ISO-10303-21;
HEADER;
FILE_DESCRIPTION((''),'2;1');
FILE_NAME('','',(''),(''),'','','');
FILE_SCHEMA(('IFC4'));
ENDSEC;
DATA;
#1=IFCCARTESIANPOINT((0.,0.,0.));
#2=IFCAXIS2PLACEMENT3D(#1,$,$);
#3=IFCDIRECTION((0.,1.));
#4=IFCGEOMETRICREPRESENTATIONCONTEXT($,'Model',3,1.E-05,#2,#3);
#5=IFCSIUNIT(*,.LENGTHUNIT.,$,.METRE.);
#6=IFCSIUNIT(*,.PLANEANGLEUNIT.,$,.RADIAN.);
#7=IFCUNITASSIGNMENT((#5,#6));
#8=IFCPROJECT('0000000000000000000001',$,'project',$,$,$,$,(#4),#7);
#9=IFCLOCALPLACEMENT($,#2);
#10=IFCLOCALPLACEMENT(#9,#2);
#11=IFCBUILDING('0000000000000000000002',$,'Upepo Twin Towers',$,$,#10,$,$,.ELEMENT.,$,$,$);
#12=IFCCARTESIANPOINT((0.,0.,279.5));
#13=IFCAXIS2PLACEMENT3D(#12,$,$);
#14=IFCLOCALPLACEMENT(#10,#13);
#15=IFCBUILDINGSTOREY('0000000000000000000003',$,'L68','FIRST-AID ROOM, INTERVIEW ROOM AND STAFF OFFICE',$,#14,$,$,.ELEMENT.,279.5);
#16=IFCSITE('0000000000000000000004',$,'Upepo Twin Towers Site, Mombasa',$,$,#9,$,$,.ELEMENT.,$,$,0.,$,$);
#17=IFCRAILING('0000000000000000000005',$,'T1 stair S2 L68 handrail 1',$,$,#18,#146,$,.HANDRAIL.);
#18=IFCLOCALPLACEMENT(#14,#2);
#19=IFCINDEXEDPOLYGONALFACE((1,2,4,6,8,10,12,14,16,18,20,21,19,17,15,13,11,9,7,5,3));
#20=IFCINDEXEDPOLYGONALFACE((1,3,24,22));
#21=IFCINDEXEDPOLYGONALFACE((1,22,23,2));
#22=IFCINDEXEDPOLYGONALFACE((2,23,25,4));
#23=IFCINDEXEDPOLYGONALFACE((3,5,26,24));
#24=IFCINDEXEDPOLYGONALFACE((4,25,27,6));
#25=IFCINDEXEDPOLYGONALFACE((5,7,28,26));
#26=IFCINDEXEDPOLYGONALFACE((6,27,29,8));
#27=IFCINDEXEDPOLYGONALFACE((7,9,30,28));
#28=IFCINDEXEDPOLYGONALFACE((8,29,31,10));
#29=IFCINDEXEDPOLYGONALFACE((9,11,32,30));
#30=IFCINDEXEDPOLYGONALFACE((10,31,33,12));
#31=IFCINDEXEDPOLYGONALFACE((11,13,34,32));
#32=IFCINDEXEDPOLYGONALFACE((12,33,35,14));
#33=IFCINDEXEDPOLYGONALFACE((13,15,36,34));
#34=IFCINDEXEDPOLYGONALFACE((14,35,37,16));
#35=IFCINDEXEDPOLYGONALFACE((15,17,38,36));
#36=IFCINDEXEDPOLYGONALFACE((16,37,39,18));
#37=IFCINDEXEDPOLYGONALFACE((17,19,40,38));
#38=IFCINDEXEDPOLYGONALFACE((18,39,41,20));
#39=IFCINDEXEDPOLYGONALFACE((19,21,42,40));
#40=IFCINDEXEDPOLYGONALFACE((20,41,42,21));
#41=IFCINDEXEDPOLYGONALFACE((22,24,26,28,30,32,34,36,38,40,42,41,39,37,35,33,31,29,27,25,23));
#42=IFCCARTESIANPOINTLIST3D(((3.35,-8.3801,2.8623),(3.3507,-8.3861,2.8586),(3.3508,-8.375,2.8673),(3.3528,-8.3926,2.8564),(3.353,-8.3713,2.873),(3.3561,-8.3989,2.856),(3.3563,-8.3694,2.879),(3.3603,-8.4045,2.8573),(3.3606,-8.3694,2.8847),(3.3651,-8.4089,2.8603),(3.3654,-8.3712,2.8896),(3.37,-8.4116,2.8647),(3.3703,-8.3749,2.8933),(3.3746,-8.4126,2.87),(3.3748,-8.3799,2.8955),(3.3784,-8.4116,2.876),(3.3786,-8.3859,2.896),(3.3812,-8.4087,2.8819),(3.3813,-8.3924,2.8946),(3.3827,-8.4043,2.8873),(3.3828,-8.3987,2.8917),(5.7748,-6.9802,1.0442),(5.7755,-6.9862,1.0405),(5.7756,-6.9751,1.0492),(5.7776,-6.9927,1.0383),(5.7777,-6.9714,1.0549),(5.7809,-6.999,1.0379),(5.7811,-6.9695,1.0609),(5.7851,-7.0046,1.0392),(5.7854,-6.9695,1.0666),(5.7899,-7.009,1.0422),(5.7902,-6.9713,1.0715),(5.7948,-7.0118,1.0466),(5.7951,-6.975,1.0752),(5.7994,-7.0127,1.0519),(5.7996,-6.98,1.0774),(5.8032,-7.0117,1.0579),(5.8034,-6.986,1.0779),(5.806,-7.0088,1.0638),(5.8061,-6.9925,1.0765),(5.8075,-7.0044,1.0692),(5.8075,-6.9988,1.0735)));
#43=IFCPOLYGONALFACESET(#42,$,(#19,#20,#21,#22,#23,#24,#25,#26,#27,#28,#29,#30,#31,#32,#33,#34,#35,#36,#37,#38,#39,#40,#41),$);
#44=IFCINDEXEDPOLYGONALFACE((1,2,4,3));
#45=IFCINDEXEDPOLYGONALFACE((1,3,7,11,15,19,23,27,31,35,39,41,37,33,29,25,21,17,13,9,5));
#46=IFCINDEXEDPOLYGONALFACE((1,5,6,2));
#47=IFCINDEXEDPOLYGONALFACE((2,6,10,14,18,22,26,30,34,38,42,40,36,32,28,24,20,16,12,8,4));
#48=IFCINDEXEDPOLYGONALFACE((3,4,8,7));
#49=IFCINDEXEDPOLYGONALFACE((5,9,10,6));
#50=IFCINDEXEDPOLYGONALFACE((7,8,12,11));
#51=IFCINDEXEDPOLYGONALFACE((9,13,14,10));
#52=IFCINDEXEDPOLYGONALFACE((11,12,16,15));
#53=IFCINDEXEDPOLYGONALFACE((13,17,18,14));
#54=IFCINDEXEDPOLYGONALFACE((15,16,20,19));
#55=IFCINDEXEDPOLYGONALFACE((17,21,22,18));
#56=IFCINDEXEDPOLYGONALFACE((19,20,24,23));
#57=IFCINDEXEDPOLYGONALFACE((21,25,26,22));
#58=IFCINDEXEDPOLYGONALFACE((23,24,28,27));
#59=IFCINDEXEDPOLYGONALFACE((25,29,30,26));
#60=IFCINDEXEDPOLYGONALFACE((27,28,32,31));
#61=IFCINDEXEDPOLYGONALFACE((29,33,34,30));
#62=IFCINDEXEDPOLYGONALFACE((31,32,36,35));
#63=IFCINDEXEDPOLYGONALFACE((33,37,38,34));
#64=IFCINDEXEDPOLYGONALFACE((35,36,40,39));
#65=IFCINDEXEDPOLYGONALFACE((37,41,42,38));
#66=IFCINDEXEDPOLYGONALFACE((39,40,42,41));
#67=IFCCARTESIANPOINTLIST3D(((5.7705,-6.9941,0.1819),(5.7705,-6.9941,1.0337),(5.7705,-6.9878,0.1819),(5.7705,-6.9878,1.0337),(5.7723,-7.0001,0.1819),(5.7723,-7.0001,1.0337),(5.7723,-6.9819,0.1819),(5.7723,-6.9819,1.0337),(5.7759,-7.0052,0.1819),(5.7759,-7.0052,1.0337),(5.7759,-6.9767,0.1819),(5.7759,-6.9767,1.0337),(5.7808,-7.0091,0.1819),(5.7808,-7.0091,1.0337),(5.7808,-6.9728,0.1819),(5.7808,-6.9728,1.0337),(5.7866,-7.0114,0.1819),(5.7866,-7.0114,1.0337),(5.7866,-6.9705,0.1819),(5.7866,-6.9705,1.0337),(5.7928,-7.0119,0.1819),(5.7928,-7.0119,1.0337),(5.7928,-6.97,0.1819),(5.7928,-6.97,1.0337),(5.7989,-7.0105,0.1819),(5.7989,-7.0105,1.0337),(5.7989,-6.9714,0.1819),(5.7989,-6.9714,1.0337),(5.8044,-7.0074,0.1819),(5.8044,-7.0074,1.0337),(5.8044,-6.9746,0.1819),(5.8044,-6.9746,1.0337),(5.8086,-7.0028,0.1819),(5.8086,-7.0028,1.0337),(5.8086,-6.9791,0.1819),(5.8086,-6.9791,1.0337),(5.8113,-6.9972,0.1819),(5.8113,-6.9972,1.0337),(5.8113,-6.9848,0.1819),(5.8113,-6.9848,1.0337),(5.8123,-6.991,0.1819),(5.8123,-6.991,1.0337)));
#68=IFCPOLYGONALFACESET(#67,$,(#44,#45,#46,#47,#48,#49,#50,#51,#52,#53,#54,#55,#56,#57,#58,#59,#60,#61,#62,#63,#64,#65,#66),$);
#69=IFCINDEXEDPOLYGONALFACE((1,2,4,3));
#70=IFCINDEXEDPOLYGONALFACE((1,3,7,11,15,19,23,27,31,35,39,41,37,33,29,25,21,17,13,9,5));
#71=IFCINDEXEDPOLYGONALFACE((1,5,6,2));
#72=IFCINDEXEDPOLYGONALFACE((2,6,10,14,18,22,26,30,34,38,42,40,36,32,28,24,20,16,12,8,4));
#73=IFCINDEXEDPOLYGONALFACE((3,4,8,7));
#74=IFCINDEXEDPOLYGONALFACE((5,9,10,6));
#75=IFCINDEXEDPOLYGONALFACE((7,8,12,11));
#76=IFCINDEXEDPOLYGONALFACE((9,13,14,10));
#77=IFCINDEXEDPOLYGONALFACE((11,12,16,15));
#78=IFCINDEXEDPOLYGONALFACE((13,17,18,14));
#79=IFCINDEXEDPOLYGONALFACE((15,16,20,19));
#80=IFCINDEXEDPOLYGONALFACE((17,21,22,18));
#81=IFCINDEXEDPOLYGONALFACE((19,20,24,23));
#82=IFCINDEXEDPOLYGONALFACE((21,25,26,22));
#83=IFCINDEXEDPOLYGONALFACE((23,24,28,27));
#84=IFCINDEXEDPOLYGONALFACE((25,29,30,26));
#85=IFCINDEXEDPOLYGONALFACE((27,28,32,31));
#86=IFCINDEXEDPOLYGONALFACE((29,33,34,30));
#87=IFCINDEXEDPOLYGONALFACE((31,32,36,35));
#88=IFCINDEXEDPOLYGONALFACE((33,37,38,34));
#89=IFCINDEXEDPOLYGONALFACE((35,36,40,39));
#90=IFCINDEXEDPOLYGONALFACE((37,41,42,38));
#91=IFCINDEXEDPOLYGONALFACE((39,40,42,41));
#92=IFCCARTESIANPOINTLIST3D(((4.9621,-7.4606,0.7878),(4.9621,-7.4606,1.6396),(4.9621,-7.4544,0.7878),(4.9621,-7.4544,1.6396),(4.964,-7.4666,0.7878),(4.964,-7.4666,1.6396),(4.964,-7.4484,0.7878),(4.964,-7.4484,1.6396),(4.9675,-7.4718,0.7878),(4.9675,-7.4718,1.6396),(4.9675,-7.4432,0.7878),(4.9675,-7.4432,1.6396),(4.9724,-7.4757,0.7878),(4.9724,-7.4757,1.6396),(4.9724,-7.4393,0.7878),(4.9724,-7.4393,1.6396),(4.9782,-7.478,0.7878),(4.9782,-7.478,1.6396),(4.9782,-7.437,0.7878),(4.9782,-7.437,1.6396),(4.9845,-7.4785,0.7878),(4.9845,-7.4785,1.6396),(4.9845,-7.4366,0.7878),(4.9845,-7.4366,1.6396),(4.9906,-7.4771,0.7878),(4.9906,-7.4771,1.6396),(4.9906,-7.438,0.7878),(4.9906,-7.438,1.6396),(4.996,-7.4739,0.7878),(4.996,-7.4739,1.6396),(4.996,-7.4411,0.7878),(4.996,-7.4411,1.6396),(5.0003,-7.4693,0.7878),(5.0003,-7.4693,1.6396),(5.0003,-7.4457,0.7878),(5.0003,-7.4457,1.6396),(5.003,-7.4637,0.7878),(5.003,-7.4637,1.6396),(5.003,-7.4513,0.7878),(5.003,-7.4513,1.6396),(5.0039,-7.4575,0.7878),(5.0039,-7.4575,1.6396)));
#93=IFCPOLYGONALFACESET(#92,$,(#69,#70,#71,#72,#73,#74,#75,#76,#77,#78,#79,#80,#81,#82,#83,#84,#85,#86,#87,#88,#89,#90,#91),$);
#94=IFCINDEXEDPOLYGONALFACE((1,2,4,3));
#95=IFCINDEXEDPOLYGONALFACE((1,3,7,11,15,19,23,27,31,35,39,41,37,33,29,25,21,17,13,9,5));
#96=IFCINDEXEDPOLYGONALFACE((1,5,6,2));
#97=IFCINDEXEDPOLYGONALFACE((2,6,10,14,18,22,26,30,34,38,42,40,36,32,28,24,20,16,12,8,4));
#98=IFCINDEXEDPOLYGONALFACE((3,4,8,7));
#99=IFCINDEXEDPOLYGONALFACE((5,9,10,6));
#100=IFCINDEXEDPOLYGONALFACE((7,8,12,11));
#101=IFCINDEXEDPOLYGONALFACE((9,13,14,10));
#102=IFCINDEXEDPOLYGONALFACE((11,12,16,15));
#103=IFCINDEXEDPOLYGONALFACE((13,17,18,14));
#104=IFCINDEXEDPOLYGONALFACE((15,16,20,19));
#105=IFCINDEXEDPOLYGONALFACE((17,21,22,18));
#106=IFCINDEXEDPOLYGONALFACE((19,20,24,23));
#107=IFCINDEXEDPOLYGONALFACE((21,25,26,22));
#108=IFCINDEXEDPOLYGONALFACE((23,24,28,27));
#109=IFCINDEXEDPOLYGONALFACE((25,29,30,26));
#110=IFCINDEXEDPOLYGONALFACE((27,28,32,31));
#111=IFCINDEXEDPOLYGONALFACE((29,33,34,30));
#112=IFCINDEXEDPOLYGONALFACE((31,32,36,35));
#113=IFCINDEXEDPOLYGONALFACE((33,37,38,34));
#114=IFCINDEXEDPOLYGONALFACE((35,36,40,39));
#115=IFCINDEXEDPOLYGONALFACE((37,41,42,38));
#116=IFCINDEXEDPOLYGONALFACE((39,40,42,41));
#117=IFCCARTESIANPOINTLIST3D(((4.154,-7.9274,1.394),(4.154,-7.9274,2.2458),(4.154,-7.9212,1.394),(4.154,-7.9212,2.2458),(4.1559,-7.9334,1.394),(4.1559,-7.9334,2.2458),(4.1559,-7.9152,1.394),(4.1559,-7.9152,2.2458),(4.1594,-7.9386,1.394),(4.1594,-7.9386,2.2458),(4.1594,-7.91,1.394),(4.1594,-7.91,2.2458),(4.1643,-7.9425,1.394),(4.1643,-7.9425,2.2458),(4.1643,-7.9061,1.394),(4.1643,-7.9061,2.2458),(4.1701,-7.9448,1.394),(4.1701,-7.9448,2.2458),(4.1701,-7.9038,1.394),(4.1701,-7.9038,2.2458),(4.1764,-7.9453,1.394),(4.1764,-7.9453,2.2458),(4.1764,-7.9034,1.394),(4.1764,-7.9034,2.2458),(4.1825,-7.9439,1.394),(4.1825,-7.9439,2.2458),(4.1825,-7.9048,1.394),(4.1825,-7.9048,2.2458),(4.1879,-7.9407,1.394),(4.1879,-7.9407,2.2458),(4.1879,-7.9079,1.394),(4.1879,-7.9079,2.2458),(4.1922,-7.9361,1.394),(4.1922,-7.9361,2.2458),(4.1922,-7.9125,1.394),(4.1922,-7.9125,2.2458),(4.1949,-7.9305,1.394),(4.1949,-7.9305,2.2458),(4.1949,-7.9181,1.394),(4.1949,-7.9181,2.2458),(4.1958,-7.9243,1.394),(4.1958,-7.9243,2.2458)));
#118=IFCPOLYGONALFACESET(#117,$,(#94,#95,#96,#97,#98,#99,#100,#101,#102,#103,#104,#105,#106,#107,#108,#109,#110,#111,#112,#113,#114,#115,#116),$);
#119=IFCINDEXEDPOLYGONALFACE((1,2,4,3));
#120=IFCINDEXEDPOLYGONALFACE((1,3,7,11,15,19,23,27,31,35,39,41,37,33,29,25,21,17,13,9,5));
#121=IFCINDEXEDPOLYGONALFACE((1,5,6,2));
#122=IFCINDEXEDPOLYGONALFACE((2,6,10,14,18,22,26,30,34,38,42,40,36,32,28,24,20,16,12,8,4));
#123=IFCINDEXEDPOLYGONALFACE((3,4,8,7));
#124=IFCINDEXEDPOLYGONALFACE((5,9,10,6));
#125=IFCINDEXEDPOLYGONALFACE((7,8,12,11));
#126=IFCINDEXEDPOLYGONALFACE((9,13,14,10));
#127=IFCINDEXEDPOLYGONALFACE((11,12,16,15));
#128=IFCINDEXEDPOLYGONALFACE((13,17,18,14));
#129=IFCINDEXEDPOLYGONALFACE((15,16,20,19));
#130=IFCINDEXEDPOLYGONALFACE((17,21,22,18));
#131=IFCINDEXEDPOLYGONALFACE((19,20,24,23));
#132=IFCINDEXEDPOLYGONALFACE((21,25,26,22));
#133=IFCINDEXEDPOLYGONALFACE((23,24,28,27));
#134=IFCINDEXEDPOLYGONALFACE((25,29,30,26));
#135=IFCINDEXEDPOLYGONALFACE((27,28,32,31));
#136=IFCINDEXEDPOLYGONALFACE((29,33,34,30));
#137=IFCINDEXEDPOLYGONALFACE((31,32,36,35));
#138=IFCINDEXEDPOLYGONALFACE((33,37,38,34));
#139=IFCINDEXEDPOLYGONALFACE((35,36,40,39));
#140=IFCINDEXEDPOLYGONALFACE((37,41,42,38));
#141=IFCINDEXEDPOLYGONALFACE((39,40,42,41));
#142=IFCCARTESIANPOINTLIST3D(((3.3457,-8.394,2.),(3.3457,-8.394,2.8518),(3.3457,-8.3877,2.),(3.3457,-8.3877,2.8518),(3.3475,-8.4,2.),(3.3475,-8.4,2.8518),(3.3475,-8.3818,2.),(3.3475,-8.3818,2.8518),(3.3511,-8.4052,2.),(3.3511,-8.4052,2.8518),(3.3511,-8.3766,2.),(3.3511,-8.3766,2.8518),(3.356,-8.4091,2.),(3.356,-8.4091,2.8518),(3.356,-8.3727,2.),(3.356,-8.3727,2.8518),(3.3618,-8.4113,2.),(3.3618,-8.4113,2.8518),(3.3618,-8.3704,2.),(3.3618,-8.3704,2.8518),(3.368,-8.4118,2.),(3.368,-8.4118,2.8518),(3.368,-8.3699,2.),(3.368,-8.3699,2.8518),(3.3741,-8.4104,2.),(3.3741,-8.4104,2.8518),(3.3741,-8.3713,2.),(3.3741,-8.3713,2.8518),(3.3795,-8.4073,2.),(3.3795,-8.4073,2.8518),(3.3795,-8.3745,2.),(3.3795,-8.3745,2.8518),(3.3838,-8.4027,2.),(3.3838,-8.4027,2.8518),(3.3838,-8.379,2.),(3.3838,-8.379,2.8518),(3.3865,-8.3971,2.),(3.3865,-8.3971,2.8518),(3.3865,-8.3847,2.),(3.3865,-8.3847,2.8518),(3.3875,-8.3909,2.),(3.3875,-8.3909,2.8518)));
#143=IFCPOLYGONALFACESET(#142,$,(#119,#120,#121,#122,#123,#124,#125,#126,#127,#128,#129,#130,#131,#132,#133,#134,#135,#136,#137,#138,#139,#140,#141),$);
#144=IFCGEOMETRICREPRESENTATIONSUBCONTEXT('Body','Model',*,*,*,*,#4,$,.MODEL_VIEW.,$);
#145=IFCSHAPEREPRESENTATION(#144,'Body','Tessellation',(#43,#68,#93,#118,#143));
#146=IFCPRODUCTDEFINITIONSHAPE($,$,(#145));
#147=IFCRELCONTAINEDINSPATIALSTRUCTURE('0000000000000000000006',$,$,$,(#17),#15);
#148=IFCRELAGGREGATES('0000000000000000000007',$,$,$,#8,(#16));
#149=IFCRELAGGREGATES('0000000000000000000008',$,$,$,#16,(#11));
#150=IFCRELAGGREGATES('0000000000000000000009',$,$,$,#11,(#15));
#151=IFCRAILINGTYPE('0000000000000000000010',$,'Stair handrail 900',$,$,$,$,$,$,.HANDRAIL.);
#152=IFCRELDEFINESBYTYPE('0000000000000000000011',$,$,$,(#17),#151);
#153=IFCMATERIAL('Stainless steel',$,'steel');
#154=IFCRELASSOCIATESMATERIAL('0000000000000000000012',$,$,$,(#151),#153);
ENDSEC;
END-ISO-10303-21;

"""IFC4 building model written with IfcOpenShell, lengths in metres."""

from ifc_helpers import new_model, si_unit, direction, frame, origin, origin_2d, place, context, subcontext, project, spatial, circle, extrude, material, type_object, element, save


model = new_model("IFC4")

# Units and contexts
model_context = context("Model", 3, precision=1e-05, world=origin(), true_north=direction((0.0, 1.0)))
body_context = subcontext(model_context, "Body", "Model", "MODEL_VIEW")
ifc_project = project(units=[si_unit("LENGTHUNIT", "METRE"), si_unit("PLANEANGLEUNIT", "RADIAN")], contexts=[model_context])

# Site, building, storey
site_placement = place(None, origin())
site = spatial("IfcSite", under=ifc_project, at=site_placement, Name="Upepo Twin Towers Site, Mombasa", CompositionType="ELEMENT", RefElevation=0.0)
building_placement = place(site_placement, origin())
building = spatial("IfcBuilding", under=site, at=building_placement, Name="Upepo Twin Towers", CompositionType="ELEMENT")
storey_placement = place(building_placement, frame((0.0, 0.0, 279.5)))
storey = spatial("IfcBuildingStorey", under=building, at=storey_placement, Name="L68", Description="FIRST-AID ROOM, INTERVIEW ROOM AND STAFF OFFICE", CompositionType="ELEMENT", Elevation=279.5)

# Railing
ifc_material_1 = material(Name="Stainless steel", Category="steel")
railing_type = type_object("IfcRailingType", Name="Stair handrail 900", PredefinedType="HANDRAIL", material=ifc_material_1)
railing_1_placement = place(storey_placement, frame((5.7913, -6.991, 0.1819)))
element("IfcRailing", 1, at=railing_1_placement, inside=storey, type_object=railing_type, Name="T1 stair S2 L68 handrail 1", PredefinedType="HANDRAIL", context=body_context, shape_type="SweptSolid", body=[
    extrude(circle(Radius=0.0239, at=origin_2d()), frame((0.0, 0.0, 0.876), z_axis=(-0.726336, -0.419333, 0.544606), x_axis=(0.499984, -0.866035, 0.0)), (0.0, 0.0, 1.0), 3.3384),
    extrude(circle(Radius=0.021, at=origin_2d()), origin(), (0.0, 0.0, 1.0), 0.8518),
    extrude(circle(Radius=0.021, at=origin_2d()), frame((-0.8083, -0.4666, 0.606)), (0.0, 0.0, 1.0), 0.8518),
    extrude(circle(Radius=0.021, at=origin_2d()), frame((-1.6165, -0.9333, 1.2122)), (0.0, 0.0, 1.0), 0.8518),
    extrude(circle(Radius=0.021, at=origin_2d()), frame((-2.4248, -1.3999, 1.8181)), (0.0, 0.0, 1.0), 0.8518),
])

save(model, "model.ifc")
